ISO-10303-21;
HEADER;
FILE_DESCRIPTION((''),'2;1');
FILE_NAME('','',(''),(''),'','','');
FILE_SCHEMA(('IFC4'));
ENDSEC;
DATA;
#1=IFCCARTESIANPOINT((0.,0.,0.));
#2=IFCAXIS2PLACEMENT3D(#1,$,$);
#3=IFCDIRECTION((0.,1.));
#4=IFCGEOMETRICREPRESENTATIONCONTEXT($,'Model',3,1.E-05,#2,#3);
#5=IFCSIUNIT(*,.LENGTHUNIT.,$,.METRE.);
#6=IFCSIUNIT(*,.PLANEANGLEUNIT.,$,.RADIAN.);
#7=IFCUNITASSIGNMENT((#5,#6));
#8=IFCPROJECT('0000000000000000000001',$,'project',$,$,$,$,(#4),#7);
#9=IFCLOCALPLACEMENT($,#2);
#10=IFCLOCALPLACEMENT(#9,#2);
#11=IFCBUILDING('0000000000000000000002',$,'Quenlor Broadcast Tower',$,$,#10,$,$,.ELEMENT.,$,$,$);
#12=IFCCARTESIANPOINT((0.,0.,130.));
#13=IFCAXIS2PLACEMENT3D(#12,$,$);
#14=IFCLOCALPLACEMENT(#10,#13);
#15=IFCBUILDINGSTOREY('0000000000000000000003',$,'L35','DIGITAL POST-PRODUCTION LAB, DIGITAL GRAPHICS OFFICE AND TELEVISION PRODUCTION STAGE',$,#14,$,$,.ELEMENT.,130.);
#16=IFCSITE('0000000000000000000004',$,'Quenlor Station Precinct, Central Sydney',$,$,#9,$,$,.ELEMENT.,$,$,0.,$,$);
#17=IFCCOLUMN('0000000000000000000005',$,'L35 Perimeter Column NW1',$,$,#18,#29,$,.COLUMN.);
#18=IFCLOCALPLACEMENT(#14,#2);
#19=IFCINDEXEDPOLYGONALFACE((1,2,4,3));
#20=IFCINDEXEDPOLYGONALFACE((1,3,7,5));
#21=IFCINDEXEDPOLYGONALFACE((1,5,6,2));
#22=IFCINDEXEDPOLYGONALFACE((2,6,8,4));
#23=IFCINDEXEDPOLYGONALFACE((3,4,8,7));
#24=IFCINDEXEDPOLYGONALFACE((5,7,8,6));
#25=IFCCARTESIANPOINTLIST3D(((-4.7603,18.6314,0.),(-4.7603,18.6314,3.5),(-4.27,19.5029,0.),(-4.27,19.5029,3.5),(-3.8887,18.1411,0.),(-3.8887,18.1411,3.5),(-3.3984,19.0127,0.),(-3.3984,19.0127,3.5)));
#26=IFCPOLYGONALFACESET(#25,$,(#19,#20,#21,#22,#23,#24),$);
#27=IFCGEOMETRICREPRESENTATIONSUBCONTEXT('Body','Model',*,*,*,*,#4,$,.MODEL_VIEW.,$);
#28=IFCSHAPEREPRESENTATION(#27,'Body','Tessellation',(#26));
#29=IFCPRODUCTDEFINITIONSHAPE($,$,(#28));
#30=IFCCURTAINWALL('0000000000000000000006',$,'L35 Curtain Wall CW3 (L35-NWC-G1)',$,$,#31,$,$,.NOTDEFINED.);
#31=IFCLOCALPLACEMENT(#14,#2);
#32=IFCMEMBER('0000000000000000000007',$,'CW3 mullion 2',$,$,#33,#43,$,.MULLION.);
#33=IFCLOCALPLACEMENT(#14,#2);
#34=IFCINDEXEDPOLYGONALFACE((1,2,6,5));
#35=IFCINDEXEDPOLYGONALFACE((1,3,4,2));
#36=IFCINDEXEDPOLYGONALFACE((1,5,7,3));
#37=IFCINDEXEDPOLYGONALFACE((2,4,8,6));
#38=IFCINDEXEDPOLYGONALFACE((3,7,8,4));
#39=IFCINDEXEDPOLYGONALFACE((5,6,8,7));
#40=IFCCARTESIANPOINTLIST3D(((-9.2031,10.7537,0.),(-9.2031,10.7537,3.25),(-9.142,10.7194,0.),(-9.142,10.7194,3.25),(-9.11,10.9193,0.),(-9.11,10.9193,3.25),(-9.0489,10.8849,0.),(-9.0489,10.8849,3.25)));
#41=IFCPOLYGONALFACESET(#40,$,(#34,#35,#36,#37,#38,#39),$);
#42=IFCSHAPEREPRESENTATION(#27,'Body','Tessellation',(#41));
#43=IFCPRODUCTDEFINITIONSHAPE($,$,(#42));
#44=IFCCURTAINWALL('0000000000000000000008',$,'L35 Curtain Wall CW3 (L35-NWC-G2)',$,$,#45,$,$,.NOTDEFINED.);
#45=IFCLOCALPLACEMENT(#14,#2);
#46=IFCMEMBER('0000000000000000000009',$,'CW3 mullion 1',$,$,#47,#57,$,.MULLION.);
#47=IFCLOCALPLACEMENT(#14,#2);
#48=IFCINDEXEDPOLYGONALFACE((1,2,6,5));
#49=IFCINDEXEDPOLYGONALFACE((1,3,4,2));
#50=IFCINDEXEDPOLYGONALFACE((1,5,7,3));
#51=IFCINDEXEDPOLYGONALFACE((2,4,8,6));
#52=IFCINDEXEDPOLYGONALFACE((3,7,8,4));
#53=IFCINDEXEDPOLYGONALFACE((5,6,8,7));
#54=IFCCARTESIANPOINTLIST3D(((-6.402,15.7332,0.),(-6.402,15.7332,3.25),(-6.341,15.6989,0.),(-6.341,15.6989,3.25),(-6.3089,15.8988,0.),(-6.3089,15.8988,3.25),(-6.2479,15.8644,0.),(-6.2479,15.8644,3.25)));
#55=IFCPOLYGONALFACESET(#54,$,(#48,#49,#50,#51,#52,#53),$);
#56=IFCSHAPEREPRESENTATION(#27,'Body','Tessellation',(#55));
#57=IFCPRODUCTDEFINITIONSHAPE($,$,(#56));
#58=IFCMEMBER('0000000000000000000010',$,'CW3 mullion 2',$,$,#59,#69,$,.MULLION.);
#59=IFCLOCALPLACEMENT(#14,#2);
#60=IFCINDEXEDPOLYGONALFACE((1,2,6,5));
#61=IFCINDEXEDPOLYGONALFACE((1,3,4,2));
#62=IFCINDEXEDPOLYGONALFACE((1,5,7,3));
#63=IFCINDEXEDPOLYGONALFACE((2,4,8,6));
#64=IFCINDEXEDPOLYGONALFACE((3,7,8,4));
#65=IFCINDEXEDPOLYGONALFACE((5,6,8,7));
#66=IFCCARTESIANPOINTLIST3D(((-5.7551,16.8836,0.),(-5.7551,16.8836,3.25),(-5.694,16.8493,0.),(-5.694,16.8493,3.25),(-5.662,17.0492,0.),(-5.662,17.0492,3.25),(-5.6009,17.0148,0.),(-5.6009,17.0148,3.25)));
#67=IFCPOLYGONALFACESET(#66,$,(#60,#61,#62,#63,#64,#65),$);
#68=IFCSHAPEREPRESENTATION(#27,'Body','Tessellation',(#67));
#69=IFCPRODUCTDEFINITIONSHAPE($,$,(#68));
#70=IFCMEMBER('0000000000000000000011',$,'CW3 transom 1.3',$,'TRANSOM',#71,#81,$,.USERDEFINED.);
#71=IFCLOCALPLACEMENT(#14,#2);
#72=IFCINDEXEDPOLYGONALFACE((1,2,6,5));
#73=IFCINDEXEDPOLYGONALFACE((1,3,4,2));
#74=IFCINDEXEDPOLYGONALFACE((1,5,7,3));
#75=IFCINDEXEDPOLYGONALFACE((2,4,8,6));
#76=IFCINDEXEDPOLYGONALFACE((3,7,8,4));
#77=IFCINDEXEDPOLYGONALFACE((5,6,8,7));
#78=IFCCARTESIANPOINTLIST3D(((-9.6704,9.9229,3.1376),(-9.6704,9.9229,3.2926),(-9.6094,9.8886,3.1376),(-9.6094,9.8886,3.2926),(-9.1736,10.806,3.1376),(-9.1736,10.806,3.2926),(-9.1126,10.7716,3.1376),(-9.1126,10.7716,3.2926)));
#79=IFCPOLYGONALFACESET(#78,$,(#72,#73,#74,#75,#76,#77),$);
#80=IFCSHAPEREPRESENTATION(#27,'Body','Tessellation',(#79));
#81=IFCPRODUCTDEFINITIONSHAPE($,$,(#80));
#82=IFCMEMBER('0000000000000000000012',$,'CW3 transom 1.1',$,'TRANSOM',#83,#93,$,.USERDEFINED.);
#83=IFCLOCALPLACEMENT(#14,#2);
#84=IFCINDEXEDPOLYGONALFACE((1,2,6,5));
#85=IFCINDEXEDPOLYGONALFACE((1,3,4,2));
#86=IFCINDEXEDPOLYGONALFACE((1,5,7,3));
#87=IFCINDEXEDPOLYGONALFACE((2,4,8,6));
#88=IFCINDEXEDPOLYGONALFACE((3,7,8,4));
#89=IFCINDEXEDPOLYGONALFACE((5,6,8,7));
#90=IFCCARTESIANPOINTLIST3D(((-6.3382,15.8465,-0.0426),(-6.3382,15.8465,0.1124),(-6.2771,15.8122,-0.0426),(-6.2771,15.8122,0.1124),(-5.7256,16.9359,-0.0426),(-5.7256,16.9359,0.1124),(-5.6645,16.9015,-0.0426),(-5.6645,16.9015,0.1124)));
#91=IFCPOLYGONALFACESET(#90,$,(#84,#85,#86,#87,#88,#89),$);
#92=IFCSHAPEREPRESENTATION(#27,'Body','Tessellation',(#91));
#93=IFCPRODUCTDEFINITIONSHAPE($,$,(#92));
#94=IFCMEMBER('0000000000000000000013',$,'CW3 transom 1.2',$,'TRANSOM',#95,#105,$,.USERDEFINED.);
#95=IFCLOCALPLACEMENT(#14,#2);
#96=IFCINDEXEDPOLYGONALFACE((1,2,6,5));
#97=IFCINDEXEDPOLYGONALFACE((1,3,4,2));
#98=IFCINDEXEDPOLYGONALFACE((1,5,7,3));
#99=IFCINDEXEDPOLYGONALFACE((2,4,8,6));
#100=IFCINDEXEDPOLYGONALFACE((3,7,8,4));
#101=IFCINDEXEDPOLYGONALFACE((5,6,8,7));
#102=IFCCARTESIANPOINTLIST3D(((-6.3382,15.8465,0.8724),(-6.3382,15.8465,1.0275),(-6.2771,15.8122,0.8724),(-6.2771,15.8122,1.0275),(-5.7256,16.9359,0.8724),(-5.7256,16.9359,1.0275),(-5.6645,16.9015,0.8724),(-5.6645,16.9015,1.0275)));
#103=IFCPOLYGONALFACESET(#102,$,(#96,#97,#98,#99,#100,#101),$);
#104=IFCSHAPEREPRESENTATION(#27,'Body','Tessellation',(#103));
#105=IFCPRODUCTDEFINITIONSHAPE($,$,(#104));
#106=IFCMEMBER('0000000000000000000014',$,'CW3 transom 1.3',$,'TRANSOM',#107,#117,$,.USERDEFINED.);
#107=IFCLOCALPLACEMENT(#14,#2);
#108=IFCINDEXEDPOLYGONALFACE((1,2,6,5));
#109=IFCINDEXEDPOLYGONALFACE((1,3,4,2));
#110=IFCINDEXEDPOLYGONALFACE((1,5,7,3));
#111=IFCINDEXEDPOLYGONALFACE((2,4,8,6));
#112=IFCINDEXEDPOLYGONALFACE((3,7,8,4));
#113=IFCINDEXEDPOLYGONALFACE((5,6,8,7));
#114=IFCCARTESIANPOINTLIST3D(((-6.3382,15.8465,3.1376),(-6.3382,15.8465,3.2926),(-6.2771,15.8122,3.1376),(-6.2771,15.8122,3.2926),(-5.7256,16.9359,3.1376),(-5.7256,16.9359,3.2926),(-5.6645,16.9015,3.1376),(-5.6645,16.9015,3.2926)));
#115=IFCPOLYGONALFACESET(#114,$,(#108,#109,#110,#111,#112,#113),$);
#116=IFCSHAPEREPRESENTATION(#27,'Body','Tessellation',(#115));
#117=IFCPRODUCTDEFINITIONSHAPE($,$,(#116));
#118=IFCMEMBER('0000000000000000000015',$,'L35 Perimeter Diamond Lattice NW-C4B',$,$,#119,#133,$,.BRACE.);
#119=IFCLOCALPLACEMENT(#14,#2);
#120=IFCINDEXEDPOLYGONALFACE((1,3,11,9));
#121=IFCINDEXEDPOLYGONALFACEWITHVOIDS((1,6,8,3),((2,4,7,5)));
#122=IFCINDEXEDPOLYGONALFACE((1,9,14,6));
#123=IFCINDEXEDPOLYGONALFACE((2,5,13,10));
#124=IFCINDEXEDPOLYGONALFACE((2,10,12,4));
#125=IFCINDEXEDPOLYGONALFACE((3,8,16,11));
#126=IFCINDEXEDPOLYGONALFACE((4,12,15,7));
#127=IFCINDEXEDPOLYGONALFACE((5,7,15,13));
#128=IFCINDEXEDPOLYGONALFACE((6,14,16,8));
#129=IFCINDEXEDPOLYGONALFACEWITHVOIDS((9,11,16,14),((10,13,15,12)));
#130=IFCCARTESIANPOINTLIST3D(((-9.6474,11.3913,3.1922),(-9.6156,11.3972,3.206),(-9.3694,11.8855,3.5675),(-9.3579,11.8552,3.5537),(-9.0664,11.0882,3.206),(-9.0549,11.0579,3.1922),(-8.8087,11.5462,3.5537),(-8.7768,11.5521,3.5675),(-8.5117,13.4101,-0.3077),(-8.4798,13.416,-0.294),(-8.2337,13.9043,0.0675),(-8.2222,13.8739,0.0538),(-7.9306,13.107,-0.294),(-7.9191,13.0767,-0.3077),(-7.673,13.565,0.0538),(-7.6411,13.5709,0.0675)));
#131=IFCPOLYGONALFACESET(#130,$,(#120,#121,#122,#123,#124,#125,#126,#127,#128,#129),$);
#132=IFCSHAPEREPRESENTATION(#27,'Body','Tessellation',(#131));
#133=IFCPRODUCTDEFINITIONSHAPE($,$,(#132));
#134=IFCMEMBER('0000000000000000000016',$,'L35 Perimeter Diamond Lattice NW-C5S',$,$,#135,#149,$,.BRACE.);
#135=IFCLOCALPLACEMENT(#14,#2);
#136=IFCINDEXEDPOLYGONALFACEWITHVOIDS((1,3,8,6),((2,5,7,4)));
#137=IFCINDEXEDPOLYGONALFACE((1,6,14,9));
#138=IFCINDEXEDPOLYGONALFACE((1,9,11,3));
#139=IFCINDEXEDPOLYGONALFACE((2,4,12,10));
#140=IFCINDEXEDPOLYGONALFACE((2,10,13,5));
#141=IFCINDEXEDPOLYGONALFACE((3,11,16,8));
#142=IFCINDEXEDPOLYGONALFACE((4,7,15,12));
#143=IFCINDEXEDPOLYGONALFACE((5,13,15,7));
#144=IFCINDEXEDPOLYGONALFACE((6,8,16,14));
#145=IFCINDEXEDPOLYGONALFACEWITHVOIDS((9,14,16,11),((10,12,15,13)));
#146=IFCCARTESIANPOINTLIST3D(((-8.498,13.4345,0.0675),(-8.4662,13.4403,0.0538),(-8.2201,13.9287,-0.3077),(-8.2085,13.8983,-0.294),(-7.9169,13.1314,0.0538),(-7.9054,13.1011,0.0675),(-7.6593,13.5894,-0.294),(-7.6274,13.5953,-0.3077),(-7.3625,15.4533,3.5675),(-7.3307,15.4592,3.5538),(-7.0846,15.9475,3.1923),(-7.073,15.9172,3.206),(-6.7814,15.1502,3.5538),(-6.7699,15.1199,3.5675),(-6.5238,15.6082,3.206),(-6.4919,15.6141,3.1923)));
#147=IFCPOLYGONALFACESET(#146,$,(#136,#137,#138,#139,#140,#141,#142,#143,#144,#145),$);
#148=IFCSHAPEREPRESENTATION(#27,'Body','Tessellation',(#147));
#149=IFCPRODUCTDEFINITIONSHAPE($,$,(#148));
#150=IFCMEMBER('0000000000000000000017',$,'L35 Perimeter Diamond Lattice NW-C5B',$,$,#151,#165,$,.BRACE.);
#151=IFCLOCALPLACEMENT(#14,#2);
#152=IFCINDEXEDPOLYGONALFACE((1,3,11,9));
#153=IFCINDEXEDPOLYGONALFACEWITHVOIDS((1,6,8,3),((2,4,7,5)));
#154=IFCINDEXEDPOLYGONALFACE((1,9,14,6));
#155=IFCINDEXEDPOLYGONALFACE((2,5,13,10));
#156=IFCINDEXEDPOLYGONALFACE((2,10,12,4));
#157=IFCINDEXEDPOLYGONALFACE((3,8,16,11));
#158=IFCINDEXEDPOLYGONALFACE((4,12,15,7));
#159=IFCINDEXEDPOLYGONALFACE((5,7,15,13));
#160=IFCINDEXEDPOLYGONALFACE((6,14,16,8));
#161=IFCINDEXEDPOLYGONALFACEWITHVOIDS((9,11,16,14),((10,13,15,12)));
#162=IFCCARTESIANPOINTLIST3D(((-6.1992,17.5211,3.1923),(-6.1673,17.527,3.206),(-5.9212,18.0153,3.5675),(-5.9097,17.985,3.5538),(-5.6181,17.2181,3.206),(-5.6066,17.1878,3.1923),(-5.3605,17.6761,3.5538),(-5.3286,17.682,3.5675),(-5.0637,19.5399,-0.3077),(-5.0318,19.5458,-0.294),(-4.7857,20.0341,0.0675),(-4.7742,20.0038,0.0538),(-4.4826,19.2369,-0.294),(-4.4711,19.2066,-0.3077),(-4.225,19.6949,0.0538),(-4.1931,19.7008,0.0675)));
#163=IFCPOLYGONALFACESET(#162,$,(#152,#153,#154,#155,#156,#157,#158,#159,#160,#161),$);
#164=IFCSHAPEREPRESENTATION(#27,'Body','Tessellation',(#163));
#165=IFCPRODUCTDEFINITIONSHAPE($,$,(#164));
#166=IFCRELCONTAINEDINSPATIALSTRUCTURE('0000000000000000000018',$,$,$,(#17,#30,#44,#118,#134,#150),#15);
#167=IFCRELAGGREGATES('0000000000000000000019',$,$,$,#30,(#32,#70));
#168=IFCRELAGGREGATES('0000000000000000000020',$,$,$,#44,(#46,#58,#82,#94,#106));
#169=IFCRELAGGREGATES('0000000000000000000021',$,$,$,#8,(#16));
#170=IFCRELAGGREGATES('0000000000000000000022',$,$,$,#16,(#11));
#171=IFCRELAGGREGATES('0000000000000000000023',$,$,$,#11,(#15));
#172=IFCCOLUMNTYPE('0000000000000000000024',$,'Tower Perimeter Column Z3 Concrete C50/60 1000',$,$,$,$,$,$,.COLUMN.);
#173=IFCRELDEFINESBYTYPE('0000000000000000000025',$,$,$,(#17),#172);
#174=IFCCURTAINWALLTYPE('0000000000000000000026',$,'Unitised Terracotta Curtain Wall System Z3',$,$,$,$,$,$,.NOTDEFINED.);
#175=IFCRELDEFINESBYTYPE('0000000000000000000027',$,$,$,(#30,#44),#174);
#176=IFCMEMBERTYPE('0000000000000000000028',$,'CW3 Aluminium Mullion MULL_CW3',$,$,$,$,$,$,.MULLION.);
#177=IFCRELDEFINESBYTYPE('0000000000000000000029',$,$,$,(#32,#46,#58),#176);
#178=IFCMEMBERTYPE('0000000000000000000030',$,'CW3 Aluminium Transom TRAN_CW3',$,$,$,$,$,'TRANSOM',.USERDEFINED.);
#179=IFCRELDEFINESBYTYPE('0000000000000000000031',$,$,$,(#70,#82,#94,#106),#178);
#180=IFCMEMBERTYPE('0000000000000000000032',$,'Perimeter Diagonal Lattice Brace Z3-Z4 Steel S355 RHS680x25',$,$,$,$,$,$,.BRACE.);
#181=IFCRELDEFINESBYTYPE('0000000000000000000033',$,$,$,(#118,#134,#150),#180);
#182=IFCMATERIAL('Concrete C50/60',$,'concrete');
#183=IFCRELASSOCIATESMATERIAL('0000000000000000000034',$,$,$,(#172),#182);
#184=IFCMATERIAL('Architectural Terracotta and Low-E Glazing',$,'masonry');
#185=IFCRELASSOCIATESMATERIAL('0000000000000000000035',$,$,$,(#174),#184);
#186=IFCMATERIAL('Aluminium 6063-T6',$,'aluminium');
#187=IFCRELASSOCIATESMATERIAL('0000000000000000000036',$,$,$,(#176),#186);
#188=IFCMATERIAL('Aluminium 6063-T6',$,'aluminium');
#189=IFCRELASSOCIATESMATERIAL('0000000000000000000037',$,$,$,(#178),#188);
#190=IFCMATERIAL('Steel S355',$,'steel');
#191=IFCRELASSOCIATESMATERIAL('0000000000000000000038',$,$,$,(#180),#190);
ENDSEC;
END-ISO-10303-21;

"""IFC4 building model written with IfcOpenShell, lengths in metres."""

from ifc_helpers import new_model, si_unit, direction, frame, origin, origin_2d, place, context, subcontext, project, spatial, rectangle, hollow_rectangle, extrude, material, material_profile, profile_set, type_object, element, aggregate, save


model = new_model("IFC4")

# Units and contexts
model_context = context("Model", 3, precision=1e-05, world=origin(), true_north=direction((0.0, 1.0)))
body_context = subcontext(model_context, "Body", "Model", "MODEL_VIEW")
ifc_project = project(units=[si_unit("LENGTHUNIT", "METRE"), si_unit("PLANEANGLEUNIT", "RADIAN")], contexts=[model_context])

# Site, building, storey
site_placement = place(None, origin())
site = spatial("IfcSite", under=ifc_project, at=site_placement, Name="Quenlor Station Precinct, Central Sydney", CompositionType="ELEMENT", RefElevation=0.0)
building_placement = place(site_placement, origin())
building = spatial("IfcBuilding", under=site, at=building_placement, Name="Quenlor Broadcast Tower", CompositionType="ELEMENT")
storey_placement = place(building_placement, frame((0.0, 0.0, 130.0)))
storey = spatial("IfcBuildingStorey", under=building, at=storey_placement, Name="L35", Description="DIGITAL POST-PRODUCTION LAB, DIGITAL GRAPHICS OFFICE AND TELEVISION PRODUCTION STAGE", CompositionType="ELEMENT", Elevation=130.0)

# Column
ifc_material_1 = material(Name="Concrete C50/60", Category="concrete")
ifc_material_profile_1 = material_profile(ifc_material_1, rectangle(XDim=1.0, YDim=1.0, at=origin_2d()))
ifc_profile_set_1 = profile_set([ifc_material_profile_1], Name="Concrete C50/60 RC1000x1000")
column_type = type_object("IfcColumnType", Name="Tower Perimeter Column Z3 Concrete C50/60 1000", PredefinedType="COLUMN", material=ifc_profile_set_1)
column_placement = place(storey_placement, frame((-4.0793, 18.822, 0.0), z_axis=(0.0, 0.0, 1.0), x_axis=(-0.871575, 0.490262, 0.0)))
element("IfcColumn", 1, at=column_placement, inside=storey, type_object=column_type, Name="L35 Perimeter Column NW1", PredefinedType="COLUMN", context=body_context, shape_type="SweptSolid", body=[
    extrude(rectangle(XDim=1.0, YDim=1.0, at=origin_2d()), origin(), (0.0, 0.0, 1.0), 3.5),
])

# Curtain wall, member
ifc_material_2 = material(Name="Architectural Terracotta and Low-E Glazing", Category="masonry")
curtain_wall_type = type_object("IfcCurtainWallType", Name="Unitised Terracotta Curtain Wall System Z3", PredefinedType="NOTDEFINED", material=ifc_material_2)
curtain_wall_1_placement = place(storey_placement, origin())
curtain_wall_1 = element("IfcCurtainWall", 2, at=curtain_wall_1_placement, inside=storey, type_object=curtain_wall_type, Name="L35 Curtain Wall CW3 (L35-NWC-G1)", PredefinedType="NOTDEFINED")
ifc_material_3 = material(Name="Aluminium 6063-T6", Category="aluminium")
ifc_material_profile_2 = material_profile(ifc_material_3, rectangle(XDim=0.0701, YDim=0.1899, at=origin_2d()))
ifc_profile_set_2 = profile_set([ifc_material_profile_2], Name="Aluminium 6063-T6 MULL70x190")
member_type_1 = type_object("IfcMemberType", Name="CW3 Aluminium Mullion MULL_CW3", PredefinedType="MULLION", material=ifc_profile_set_2)
member_1_placement = place(storey_placement, frame((-9.126, 10.8193, 0.0), z_axis=(0.0, 0.0, 1.0), x_axis=(-0.871601, 0.490216, 0.0)))
member_1 = element("IfcMember", 3, at=member_1_placement, type_object=member_type_1, Name="CW3 mullion 2", PredefinedType="MULLION", context=body_context, shape_type="SweptSolid", body=[
    extrude(rectangle(XDim=0.0701, YDim=0.1899, at=origin_2d()), origin(), (0.0, 0.0, 1.0), 3.25),
])

# Curtain wall, members
curtain_wall_2_placement = place(storey_placement, origin())
curtain_wall_2 = element("IfcCurtainWall", 4, at=curtain_wall_2_placement, inside=storey, type_object=curtain_wall_type, Name="L35 Curtain Wall CW3 (L35-NWC-G2)", PredefinedType="NOTDEFINED")
member_2_placement = place(storey_placement, frame((-6.325, 15.7988, 0.0), z_axis=(0.0, 0.0, 1.0), x_axis=(-0.871593, 0.49023, 0.0)))
member_2 = element("IfcMember", 5, at=member_2_placement, type_object=member_type_1, Name="CW3 mullion 1", PredefinedType="MULLION", context=body_context, shape_type="SweptSolid", body=[
    extrude(rectangle(XDim=0.0701, YDim=0.1899, at=origin_2d()), origin(), (0.0, 0.0, 1.0), 3.25),
])
member_3_placement = place(storey_placement, frame((-5.678, 16.9492, 0.0), z_axis=(0.0, 0.0, 1.0), x_axis=(-0.871593, 0.49023, 0.0)))
member_3 = element("IfcMember", 6, at=member_3_placement, type_object=member_type_1, Name="CW3 mullion 2", PredefinedType="MULLION", context=body_context, shape_type="SweptSolid", body=[
    extrude(rectangle(XDim=0.0701, YDim=0.1899, at=origin_2d()), origin(), (0.0, 0.0, 1.0), 3.25),
])

# Members
ifc_material_4 = material(Name="Aluminium 6063-T6", Category="aluminium")
ifc_material_profile_3 = material_profile(ifc_material_4, rectangle(XDim=0.0701, YDim=0.155, at=origin_2d()))
ifc_profile_set_3 = profile_set([ifc_material_profile_3], Name="Aluminium 6063-T6 TRAN70x155")
member_type_2 = type_object("IfcMemberType", Name="CW3 Aluminium Transom TRAN_CW3", ElementType="TRANSOM", PredefinedType="USERDEFINED", material=ifc_profile_set_3)
member_4_placement = place(storey_placement, frame((-9.6399, 9.9058, 3.2151), z_axis=(0.490341, 0.87153, 0.0), x_axis=(-0.87153, 0.490341, 0.0)))
member_4 = element("IfcMember", 7, at=member_4_placement, type_object=member_type_2, Name="CW3 transom 1.3", ObjectType="TRANSOM", PredefinedType="USERDEFINED", context=body_context, shape_type="SweptSolid", body=[
    extrude(rectangle(XDim=0.0701, YDim=0.155, at=origin_2d()), origin(), (0.0, 0.0, 1.0), 1.0132),
])
member_5_placement = place(storey_placement, frame((-6.3076, 15.8293, 0.0349), z_axis=(0.490131, 0.871649, 0.0), x_axis=(-0.871649, 0.490131, 0.0)))
member_5 = element("IfcMember", 8, at=member_5_placement, type_object=member_type_2, Name="CW3 transom 1.1", ObjectType="TRANSOM", PredefinedType="USERDEFINED", context=body_context, shape_type="SweptSolid", body=[
    extrude(rectangle(XDim=0.0701, YDim=0.155, at=origin_2d()), origin(), (0.0, 0.0, 1.0), 1.2498),
])
member_6_placement = place(storey_placement, frame((-6.3076, 15.8293, 0.95), z_axis=(0.490131, 0.871649, 0.0), x_axis=(-0.871649, 0.490131, 0.0)))
member_6 = element("IfcMember", 9, at=member_6_placement, type_object=member_type_2, Name="CW3 transom 1.2", ObjectType="TRANSOM", PredefinedType="USERDEFINED", context=body_context, shape_type="SweptSolid", body=[
    extrude(rectangle(XDim=0.0701, YDim=0.155, at=origin_2d()), origin(), (0.0, 0.0, 1.0), 1.2498),
])
member_7_placement = place(storey_placement, frame((-6.3076, 15.8293, 3.2151), z_axis=(0.490131, 0.871649, 0.0), x_axis=(-0.871649, 0.490131, 0.0)))
member_7 = element("IfcMember", 10, at=member_7_placement, type_object=member_type_2, Name="CW3 transom 1.3", ObjectType="TRANSOM", PredefinedType="USERDEFINED", context=body_context, shape_type="SweptSolid", body=[
    extrude(rectangle(XDim=0.0701, YDim=0.155, at=origin_2d()), origin(), (0.0, 0.0, 1.0), 1.2498),
])

# Members
ifc_material_5 = material(Name="Steel S355", Category="steel")
ifc_material_profile_4 = material_profile(ifc_material_5, hollow_rectangle(XDim=0.6799, YDim=0.6799, WallThickness=0.0249, at=origin_2d()))
ifc_profile_set_4 = profile_set([ifc_material_profile_4], Name="Steel S355 RHS680x680x25")
member_type_3 = type_object("IfcMemberType", Name="Perimeter Diagonal Lattice Brace Z3-Z4 Steel S355 RHS680x25", PredefinedType="BRACE", material=ifc_profile_set_4)
for number, where, z_axis, x_axis, name in (
    (11, (-8.0764, 13.4905, -0.1201), (-0.270603, -0.481001, 0.833914), (0.871545, -0.490316, 0.0), "L35 Perimeter Diamond Lattice NW-C4B"),
    (12, (-8.0627, 13.5149, -0.1201), (0.270549, 0.481009, 0.833927), (-0.87159, 0.490236, 0.0), "L35 Perimeter Diamond Lattice NW-C5S"),
    (13, (-4.6284, 19.6204, -0.1201), (-0.270549, -0.481009, 0.833927), (0.87159, -0.490236, 0.0), "L35 Perimeter Diamond Lattice NW-C5B"),
):
    element("IfcMember", number, at=place(storey_placement, frame(where, z_axis=z_axis, x_axis=x_axis)), inside=storey, type_object=member_type_3, Name=name, PredefinedType="BRACE", context=body_context, shape_type="SweptSolid", body=[
        extrude(hollow_rectangle(XDim=0.6799, YDim=0.6799, WallThickness=0.0249, at=origin_2d()), origin(), (0.0, 0.0, 1.0), 4.197),
    ])

aggregate(curtain_wall_1, [member_1, member_4])
aggregate(curtain_wall_2, [member_2, member_3, member_5, member_6, member_7])

save(model, "model.ifc")
